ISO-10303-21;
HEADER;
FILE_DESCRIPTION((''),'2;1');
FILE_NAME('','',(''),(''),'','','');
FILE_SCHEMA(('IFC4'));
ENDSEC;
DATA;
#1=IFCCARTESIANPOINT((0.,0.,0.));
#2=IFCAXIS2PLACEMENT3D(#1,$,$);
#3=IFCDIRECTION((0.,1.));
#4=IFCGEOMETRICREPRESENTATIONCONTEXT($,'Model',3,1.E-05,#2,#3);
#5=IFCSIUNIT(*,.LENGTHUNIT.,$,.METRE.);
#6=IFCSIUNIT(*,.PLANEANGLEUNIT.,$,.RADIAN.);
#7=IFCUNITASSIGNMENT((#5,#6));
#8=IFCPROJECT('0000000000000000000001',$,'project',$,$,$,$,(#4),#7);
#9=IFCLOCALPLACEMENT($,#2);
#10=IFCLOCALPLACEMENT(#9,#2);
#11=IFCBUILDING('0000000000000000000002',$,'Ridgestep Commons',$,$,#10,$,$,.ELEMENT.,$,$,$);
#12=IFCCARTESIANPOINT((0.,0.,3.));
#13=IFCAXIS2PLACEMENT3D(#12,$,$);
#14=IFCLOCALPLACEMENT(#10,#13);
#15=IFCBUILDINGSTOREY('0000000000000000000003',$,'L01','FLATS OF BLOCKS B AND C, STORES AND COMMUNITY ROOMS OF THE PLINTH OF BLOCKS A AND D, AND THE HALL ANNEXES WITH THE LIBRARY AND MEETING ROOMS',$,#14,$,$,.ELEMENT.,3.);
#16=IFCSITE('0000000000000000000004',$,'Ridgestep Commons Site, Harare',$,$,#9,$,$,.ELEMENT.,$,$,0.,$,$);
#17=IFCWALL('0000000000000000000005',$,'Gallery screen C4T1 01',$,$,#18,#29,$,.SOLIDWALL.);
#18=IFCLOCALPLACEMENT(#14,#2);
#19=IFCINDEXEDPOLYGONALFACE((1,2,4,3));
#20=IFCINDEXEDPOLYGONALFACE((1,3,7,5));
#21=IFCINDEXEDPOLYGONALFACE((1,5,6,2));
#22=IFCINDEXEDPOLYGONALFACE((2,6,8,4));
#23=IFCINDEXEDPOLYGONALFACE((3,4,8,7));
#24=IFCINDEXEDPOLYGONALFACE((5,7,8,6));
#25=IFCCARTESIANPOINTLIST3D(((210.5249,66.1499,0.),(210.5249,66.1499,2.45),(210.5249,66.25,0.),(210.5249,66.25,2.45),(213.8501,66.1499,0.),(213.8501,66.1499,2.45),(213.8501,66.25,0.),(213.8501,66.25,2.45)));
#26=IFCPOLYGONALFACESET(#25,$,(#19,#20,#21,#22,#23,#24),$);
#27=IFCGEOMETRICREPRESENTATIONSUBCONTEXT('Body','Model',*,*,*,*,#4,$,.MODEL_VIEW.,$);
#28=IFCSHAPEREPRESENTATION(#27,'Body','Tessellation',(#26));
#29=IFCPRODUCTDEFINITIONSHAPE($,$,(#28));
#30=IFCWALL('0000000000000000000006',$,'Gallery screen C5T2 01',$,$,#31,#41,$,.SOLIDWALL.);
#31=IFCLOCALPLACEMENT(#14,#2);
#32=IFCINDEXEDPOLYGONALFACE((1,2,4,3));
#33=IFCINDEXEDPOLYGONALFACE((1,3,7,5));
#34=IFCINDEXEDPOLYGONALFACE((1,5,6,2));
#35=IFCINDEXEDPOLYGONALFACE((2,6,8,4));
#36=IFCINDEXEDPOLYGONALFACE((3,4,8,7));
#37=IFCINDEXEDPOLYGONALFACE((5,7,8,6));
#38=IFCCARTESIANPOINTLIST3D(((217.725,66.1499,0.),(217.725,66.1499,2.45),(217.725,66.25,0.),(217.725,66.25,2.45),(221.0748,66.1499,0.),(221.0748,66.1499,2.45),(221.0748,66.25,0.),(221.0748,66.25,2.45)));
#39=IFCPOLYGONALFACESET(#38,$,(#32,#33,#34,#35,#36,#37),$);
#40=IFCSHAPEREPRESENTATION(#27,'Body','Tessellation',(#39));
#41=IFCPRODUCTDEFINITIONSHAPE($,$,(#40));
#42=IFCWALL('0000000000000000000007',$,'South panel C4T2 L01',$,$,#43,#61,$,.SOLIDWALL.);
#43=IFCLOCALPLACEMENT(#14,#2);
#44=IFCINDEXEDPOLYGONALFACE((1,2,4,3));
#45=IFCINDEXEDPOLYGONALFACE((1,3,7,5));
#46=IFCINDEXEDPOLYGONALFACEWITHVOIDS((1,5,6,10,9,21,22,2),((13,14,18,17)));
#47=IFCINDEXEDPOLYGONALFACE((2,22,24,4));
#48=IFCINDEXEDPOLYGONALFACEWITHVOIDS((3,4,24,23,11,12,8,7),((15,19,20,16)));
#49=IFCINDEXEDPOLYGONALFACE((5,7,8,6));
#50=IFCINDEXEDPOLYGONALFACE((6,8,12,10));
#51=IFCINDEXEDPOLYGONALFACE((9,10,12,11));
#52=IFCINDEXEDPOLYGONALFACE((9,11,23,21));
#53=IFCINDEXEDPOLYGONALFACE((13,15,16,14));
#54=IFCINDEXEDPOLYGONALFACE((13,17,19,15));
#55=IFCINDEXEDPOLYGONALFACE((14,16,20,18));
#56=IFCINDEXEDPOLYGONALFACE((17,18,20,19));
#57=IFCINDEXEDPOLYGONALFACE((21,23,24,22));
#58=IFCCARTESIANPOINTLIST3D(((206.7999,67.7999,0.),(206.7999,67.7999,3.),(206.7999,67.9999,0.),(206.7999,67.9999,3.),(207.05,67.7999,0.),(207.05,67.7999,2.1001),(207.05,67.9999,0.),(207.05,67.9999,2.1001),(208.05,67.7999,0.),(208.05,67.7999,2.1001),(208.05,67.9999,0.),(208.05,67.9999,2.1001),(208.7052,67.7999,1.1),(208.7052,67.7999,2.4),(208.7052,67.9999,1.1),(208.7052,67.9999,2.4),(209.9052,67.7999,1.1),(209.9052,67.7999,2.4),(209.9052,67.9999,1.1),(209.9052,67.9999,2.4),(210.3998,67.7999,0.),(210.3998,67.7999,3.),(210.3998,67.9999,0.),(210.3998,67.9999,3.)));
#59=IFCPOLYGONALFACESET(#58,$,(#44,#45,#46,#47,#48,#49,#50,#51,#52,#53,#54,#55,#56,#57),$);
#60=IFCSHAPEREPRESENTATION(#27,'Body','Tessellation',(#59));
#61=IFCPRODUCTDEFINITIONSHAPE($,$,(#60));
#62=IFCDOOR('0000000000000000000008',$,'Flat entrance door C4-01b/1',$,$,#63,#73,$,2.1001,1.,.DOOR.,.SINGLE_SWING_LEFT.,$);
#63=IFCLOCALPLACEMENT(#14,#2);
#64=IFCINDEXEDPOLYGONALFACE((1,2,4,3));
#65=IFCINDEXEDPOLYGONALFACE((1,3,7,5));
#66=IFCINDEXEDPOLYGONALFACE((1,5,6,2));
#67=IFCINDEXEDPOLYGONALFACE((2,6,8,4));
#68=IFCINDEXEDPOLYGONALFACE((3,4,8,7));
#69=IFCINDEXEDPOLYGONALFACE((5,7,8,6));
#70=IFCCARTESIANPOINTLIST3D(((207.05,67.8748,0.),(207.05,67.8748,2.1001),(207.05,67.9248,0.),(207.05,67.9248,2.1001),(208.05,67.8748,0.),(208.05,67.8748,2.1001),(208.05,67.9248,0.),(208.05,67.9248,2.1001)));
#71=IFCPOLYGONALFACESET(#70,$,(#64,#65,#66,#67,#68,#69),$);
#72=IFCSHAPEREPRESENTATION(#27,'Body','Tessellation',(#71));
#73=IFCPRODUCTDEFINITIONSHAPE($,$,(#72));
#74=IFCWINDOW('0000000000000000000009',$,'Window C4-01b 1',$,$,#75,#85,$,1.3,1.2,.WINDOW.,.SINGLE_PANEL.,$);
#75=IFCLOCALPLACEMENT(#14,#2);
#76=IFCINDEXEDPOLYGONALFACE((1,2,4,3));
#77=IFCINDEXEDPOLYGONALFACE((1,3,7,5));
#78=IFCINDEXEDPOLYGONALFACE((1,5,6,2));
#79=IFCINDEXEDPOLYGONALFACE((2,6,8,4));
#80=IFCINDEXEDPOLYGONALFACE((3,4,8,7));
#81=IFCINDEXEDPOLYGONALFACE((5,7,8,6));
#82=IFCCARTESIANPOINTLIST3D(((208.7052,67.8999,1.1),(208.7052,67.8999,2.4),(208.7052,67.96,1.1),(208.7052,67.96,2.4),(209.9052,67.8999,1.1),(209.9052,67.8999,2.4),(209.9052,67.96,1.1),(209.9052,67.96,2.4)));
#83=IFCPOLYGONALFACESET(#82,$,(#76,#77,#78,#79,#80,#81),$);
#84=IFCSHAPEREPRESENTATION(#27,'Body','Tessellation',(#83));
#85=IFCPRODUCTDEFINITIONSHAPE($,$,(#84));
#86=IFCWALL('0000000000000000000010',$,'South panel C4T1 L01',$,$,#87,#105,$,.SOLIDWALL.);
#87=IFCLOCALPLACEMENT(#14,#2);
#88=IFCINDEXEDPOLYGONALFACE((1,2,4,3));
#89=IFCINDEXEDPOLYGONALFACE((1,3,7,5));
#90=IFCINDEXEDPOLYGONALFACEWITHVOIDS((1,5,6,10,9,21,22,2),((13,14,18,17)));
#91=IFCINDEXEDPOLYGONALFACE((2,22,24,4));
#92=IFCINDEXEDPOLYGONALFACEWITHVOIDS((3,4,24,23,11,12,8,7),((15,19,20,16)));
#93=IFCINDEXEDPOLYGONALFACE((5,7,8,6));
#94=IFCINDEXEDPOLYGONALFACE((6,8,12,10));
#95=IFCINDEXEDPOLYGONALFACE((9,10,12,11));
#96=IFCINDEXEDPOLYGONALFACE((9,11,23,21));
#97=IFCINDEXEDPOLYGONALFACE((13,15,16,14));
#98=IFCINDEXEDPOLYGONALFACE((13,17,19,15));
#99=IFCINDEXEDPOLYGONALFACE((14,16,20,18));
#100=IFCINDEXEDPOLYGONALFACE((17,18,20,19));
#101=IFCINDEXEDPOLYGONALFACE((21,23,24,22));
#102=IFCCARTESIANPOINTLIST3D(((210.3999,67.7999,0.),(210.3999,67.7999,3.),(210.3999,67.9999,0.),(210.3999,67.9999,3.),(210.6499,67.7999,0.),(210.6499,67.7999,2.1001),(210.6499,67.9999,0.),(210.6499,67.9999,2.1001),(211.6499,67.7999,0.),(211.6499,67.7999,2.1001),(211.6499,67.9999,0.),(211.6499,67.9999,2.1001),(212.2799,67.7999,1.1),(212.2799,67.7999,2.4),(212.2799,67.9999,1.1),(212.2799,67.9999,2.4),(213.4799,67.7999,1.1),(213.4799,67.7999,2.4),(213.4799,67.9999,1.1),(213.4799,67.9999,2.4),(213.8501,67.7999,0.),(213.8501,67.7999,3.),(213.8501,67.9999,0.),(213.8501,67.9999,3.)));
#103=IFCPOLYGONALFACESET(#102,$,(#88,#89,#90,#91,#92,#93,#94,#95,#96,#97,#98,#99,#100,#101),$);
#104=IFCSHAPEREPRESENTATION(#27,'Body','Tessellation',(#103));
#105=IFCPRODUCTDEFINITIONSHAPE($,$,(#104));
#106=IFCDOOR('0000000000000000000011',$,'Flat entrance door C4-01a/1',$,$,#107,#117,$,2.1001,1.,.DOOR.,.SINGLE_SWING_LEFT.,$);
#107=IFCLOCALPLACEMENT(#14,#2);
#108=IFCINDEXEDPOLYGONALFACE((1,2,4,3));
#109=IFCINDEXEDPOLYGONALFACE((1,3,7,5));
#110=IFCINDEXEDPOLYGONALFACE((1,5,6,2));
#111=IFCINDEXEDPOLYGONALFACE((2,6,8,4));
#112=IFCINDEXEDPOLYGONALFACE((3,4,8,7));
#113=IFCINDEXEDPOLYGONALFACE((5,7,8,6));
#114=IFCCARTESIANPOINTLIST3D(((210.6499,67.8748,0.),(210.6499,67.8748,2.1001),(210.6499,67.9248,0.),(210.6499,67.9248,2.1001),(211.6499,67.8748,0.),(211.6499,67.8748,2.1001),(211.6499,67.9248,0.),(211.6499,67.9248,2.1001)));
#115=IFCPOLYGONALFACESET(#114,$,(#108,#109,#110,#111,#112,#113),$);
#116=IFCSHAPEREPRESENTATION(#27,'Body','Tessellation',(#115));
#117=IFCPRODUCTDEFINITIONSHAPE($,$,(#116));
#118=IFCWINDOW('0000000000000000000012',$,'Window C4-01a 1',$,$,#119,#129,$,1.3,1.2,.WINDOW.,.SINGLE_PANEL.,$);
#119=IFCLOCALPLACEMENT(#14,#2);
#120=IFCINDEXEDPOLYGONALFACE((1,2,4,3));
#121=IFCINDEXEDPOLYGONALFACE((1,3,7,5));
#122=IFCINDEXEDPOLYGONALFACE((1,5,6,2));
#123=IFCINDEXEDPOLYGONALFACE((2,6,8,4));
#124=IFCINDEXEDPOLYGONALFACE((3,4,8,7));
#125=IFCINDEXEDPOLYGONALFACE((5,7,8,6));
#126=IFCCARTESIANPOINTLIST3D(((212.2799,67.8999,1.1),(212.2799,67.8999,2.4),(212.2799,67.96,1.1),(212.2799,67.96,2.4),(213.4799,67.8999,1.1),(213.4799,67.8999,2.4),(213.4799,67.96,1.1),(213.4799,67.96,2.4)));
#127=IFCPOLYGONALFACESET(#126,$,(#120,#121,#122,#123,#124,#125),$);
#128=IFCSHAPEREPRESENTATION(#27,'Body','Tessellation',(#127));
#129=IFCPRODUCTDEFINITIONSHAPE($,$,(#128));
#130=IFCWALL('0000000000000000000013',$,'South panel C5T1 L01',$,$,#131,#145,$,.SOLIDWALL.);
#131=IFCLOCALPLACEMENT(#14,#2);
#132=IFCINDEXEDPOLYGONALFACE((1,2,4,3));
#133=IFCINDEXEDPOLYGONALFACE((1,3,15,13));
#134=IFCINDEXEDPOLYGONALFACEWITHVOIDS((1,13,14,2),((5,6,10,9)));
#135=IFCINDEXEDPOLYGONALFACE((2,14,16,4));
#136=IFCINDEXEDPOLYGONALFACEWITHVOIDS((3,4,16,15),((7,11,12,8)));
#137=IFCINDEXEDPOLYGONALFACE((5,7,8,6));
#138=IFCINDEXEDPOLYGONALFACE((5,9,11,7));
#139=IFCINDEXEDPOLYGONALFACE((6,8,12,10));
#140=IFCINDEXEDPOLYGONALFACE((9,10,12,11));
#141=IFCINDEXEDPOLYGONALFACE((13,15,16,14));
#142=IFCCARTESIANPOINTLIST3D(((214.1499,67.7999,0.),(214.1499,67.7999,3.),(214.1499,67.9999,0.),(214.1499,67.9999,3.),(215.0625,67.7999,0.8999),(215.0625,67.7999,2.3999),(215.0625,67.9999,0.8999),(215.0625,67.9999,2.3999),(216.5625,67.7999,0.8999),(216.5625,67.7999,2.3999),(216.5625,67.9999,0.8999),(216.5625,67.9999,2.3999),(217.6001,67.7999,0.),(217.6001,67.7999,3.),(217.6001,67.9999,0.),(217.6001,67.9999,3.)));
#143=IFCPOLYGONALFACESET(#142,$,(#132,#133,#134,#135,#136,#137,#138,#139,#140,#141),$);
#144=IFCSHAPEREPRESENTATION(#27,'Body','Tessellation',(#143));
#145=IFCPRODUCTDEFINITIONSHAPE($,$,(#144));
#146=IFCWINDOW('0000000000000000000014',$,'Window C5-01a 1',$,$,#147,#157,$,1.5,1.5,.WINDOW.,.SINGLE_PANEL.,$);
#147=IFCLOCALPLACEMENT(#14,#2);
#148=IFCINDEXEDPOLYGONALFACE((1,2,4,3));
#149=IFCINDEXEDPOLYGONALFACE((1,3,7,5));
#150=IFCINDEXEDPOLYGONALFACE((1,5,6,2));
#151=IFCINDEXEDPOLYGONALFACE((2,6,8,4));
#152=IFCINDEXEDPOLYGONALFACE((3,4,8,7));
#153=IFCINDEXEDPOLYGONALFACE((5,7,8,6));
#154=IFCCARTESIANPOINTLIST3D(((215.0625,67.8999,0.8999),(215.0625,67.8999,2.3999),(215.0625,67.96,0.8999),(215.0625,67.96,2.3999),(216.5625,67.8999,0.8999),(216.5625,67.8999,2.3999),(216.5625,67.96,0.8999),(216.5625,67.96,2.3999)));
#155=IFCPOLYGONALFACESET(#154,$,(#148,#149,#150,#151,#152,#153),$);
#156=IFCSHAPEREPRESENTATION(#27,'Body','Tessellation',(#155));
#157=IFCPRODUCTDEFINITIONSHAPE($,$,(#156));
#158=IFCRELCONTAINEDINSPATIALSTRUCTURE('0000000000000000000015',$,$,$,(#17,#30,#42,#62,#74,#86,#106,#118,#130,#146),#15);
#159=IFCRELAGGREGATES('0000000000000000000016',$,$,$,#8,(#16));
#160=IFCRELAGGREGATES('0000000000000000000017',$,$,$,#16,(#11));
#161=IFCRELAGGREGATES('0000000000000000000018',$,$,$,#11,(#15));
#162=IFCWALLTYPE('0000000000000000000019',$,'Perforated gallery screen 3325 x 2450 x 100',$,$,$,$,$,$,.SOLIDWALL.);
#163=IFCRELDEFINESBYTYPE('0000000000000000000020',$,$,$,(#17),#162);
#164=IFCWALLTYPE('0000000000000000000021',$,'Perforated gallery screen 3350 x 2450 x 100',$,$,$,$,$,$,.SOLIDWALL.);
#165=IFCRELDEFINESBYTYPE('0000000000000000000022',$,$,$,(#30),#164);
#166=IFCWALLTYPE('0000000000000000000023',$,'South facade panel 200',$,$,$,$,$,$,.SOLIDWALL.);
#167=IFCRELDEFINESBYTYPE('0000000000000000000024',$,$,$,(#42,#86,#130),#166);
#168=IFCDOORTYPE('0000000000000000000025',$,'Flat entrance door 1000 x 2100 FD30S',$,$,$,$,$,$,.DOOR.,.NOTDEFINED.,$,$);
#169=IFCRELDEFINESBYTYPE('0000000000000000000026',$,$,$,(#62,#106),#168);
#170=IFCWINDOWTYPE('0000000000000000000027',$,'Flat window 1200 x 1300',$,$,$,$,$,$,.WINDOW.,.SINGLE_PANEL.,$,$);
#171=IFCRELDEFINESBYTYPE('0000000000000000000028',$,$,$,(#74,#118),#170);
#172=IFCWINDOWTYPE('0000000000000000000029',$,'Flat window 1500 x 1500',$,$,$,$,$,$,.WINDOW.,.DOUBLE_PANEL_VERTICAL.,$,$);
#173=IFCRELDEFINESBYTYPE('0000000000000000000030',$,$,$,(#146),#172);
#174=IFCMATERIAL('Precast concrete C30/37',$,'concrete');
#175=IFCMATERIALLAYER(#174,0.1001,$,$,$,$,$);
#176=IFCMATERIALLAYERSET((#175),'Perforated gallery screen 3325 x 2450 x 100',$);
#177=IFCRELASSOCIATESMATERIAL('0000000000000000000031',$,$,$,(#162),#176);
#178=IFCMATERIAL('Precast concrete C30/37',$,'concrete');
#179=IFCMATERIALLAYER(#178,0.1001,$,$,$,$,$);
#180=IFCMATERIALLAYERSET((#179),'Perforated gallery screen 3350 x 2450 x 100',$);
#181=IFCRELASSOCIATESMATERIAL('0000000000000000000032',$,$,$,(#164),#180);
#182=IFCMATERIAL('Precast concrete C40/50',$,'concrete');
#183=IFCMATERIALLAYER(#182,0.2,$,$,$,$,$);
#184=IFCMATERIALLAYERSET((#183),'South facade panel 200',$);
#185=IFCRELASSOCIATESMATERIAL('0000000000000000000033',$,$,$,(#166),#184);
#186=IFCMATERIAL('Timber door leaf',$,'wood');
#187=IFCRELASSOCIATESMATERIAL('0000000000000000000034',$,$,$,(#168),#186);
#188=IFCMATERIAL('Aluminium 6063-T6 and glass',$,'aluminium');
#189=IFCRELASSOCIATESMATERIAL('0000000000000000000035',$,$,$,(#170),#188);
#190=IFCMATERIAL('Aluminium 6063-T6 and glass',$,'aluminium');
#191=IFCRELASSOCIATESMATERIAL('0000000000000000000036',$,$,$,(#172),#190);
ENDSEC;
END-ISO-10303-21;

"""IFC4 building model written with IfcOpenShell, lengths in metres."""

from ifc_helpers import new_model, si_unit, direction, frame, frame_2d, origin, place, context, subcontext, project, spatial, rectangle, extrude, material, layer, layer_set, type_object, element, fill, save


model = new_model("IFC4")

# Units and contexts
model_context = context("Model", 3, precision=1e-05, world=origin(), true_north=direction((0.0, 1.0)))
body_context = subcontext(model_context, "Body", "Model", "MODEL_VIEW")
ifc_project = project(units=[si_unit("LENGTHUNIT", "METRE"), si_unit("PLANEANGLEUNIT", "RADIAN")], contexts=[model_context])

# Site, building, storey
site_placement = place(None, origin())
site = spatial("IfcSite", under=ifc_project, at=site_placement, Name="Ridgestep Commons Site, Harare", CompositionType="ELEMENT", RefElevation=0.0)
building_placement = place(site_placement, origin())
building = spatial("IfcBuilding", under=site, at=building_placement, Name="Ridgestep Commons", CompositionType="ELEMENT")
storey_placement = place(building_placement, frame((0.0, 0.0, 3.0)))
storey = spatial("IfcBuildingStorey", under=building, at=storey_placement, Name="L01", Description="FLATS OF BLOCKS B AND C, STORES AND COMMUNITY ROOMS OF THE PLINTH OF BLOCKS A AND D, AND THE HALL ANNEXES WITH THE LIBRARY AND MEETING ROOMS", CompositionType="ELEMENT", Elevation=3.0)

# Walls
ifc_material_1 = material(Name="Precast concrete C30/37", Category="concrete")
ifc_layer_1 = layer(ifc_material_1, 0.1001)
ifc_layer_set_1 = layer_set([ifc_layer_1], Name="Perforated gallery screen 3325 x 2450 x 100")
wall_type_1 = type_object("IfcWallType", Name="Perforated gallery screen 3325 x 2450 x 100", PredefinedType="SOLIDWALL", material=ifc_layer_set_1)
wall_1_placement = place(storey_placement, frame((210.5249, 66.2, 0.0), z_axis=(0.0, 0.0, 1.0), x_axis=(1.0, 0.0, 0.0)))
element("IfcWall", 1, at=wall_1_placement, inside=storey, type_object=wall_type_1, Name="Gallery screen C4T1 01", PredefinedType="SOLIDWALL", context=body_context, shape_type="SweptSolid", body=[
    extrude(rectangle(XDim=3.3252, YDim=0.1001, at=frame_2d((1.6626, 0.0))), origin(), (0.0, 0.0, 1.0), 2.45),
])
ifc_material_2 = material(Name="Precast concrete C30/37", Category="concrete")
ifc_layer_2 = layer(ifc_material_2, 0.1001)
ifc_layer_set_2 = layer_set([ifc_layer_2], Name="Perforated gallery screen 3350 x 2450 x 100")
wall_type_2 = type_object("IfcWallType", Name="Perforated gallery screen 3350 x 2450 x 100", PredefinedType="SOLIDWALL", material=ifc_layer_set_2)
wall_2_placement = place(storey_placement, frame((217.7251, 66.2, 0.0), z_axis=(0.0, 0.0, 1.0), x_axis=(1.0, 0.0, 0.0)))
element("IfcWall", 2, at=wall_2_placement, inside=storey, type_object=wall_type_2, Name="Gallery screen C5T2 01", PredefinedType="SOLIDWALL", context=body_context, shape_type="SweptSolid", body=[
    extrude(rectangle(XDim=3.3499, YDim=0.1001, at=frame_2d((1.6748, 0.0))), origin(), (0.0, 0.0, 1.0), 2.45),
])

# Walls, openings, doors, windows
ifc_material_3 = material(Name="Precast concrete C40/50", Category="concrete")
ifc_layer_3 = layer(ifc_material_3, 0.2)
ifc_layer_set_3 = layer_set([ifc_layer_3], Name="South facade panel 200")
wall_type_3 = type_object("IfcWallType", Name="South facade panel 200", PredefinedType="SOLIDWALL", material=ifc_layer_set_3)
wall_3_placement = place(storey_placement, frame((206.8, 67.8999, 0.0), z_axis=(0.0, 0.0, 1.0), x_axis=(1.0, 0.0, 0.0)))
wall_3 = element("IfcWall", 3, at=wall_3_placement, inside=storey, type_object=wall_type_3, Name="South panel C4T2 L01", PredefinedType="SOLIDWALL", context=body_context, shape_type="SweptSolid", body=[
    extrude(rectangle(XDim=3.5999, YDim=0.2, at=frame_2d((1.7998, 0.0))), origin(), (0.0, 0.0, 1.0), 3.0),
])
opening_1_placement = place(wall_3_placement, frame((1.905, 0.0, 1.1001)))
opening_1 = element("IfcOpeningElement", 4, at=opening_1_placement, cuts=wall_3, PredefinedType="OPENING", context=body_context, shape_type="SweptSolid", body=[
    extrude(rectangle(XDim=1.2, YDim=1.3, at=frame_2d((0.6001, 0.6499))), frame((0.0, 0.1099, 0.0), z_axis=(0.0, -1.0, 0.0), x_axis=(1.0, 0.0, 0.0)), (0.0, 0.0, 1.0), 0.22),
])
opening_2_placement = place(wall_3_placement, frame((0.25, 0.0, 0.0)))
opening_2 = element("IfcOpeningElement", 5, at=opening_2_placement, cuts=wall_3, PredefinedType="OPENING", context=body_context, shape_type="SweptSolid", body=[
    extrude(rectangle(XDim=1.0, YDim=2.1001, at=frame_2d((0.5, 1.05))), frame((0.0, 0.1099, 0.0), z_axis=(0.0, -1.0, 0.0), x_axis=(1.0, 0.0, 0.0)), (0.0, 0.0, 1.0), 0.22),
])
ifc_material_4 = material(Name="Timber door leaf", Category="wood")
door_type_1 = type_object("IfcDoorType", Name="Flat entrance door 1000 x 2100 FD30S", OperationType="NOTDEFINED", PredefinedType="DOOR", material=ifc_material_4)
door_1_placement = place(opening_2_placement, origin())
door_1 = element("IfcDoor", 6, at=door_1_placement, inside=storey, type_object=door_type_1, Name="Flat entrance door C4-01b/1", OperationType="SINGLE_SWING_LEFT", OverallHeight=2.1001, OverallWidth=1.0, PredefinedType="DOOR", context=body_context, shape_type="SweptSolid", body=[
    extrude(rectangle(XDim=1.0, YDim=2.1001, at=frame_2d((0.5, 1.05))), frame((0.0, 0.0249, 0.0), z_axis=(0.0, -1.0, 0.0), x_axis=(1.0, 0.0, 0.0)), (0.0, 0.0, 1.0), 0.05),
])
fill(opening_2, door_1)
ifc_material_5 = material(Name="Aluminium 6063-T6 and glass", Category="aluminium")
window_type_1 = type_object("IfcWindowType", Name="Flat window 1200 x 1300", PartitioningType="SINGLE_PANEL", PredefinedType="WINDOW", material=ifc_material_5)
window_1_placement = place(opening_1_placement, origin())
window_1 = element("IfcWindow", 7, at=window_1_placement, inside=storey, type_object=window_type_1, Name="Window C4-01b 1", OverallHeight=1.3, OverallWidth=1.2, PartitioningType="SINGLE_PANEL", PredefinedType="WINDOW", context=body_context, shape_type="SweptSolid", body=[
    extrude(rectangle(XDim=1.2, YDim=1.3, at=frame_2d((0.6001, 0.6499))), frame((0.0, 0.0601, 0.0), z_axis=(0.0, -1.0, 0.0), x_axis=(1.0, 0.0, 0.0)), (0.0, 0.0, 1.0), 0.0601),
])
fill(opening_1, window_1)
wall_4_placement = place(storey_placement, frame((210.3999, 67.8999, 0.0), z_axis=(0.0, 0.0, 1.0), x_axis=(1.0, 0.0, 0.0)))
wall_4 = element("IfcWall", 8, at=wall_4_placement, inside=storey, type_object=wall_type_3, Name="South panel C4T1 L01", PredefinedType="SOLIDWALL", context=body_context, shape_type="SweptSolid", body=[
    extrude(rectangle(XDim=3.4502, YDim=0.2, at=frame_2d((1.7251, 0.0))), origin(), (0.0, 0.0, 1.0), 3.0),
])
opening_3_placement = place(wall_4_placement, frame((1.8799, 0.0, 1.1001)))
opening_3 = element("IfcOpeningElement", 9, at=opening_3_placement, cuts=wall_4, PredefinedType="OPENING", context=body_context, shape_type="SweptSolid", body=[
    extrude(rectangle(XDim=1.2, YDim=1.3, at=frame_2d((0.6001, 0.6499))), frame((0.0, 0.1099, 0.0), z_axis=(0.0, -1.0, 0.0), x_axis=(1.0, 0.0, 0.0)), (0.0, 0.0, 1.0), 0.22),
])
opening_4_placement = place(wall_4_placement, frame((0.25, 0.0, 0.0)))
opening_4 = element("IfcOpeningElement", 10, at=opening_4_placement, cuts=wall_4, PredefinedType="OPENING", context=body_context, shape_type="SweptSolid", body=[
    extrude(rectangle(XDim=1.0, YDim=2.1001, at=frame_2d((0.5, 1.05))), frame((0.0, 0.1099, 0.0), z_axis=(0.0, -1.0, 0.0), x_axis=(1.0, 0.0, 0.0)), (0.0, 0.0, 1.0), 0.22),
])
door_2_placement = place(opening_4_placement, origin())
door_2 = element("IfcDoor", 11, at=door_2_placement, inside=storey, type_object=door_type_1, Name="Flat entrance door C4-01a/1", OperationType="SINGLE_SWING_LEFT", OverallHeight=2.1001, OverallWidth=1.0, PredefinedType="DOOR", context=body_context, shape_type="SweptSolid", body=[
    extrude(rectangle(XDim=1.0, YDim=2.1001, at=frame_2d((0.5, 1.05))), frame((0.0, 0.0249, 0.0), z_axis=(0.0, -1.0, 0.0), x_axis=(1.0, 0.0, 0.0)), (0.0, 0.0, 1.0), 0.05),
])
fill(opening_4, door_2)
window_2_placement = place(opening_3_placement, origin())
window_2 = element("IfcWindow", 12, at=window_2_placement, inside=storey, type_object=window_type_1, Name="Window C4-01a 1", OverallHeight=1.3, OverallWidth=1.2, PartitioningType="SINGLE_PANEL", PredefinedType="WINDOW", context=body_context, shape_type="SweptSolid", body=[
    extrude(rectangle(XDim=1.2, YDim=1.3, at=frame_2d((0.6001, 0.6499))), frame((0.0, 0.0601, 0.0), z_axis=(0.0, -1.0, 0.0), x_axis=(1.0, 0.0, 0.0)), (0.0, 0.0, 1.0), 0.0601),
])
fill(opening_3, window_2)

# Wall, opening, window
wall_5_placement = place(storey_placement, frame((214.1499, 67.8999, 0.0), z_axis=(0.0, 0.0, 1.0), x_axis=(1.0, 0.0, 0.0)))
wall_5 = element("IfcWall", 13, at=wall_5_placement, inside=storey, type_object=wall_type_3, Name="South panel C5T1 L01", PredefinedType="SOLIDWALL", context=body_context, shape_type="SweptSolid", body=[
    extrude(rectangle(XDim=3.4502, YDim=0.2, at=frame_2d((1.7251, 0.0))), origin(), (0.0, 0.0, 1.0), 3.0),
])
opening_5_placement = place(wall_5_placement, frame((0.9126, 0.0, 0.8999)))
opening_5 = element("IfcOpeningElement", 14, at=opening_5_placement, cuts=wall_5, PredefinedType="OPENING", context=body_context, shape_type="SweptSolid", body=[
    extrude(rectangle(XDim=1.5, YDim=1.5, at=frame_2d((0.75, 0.75))), frame((0.0, 0.1099, 0.0), z_axis=(0.0, -1.0, 0.0), x_axis=(1.0, 0.0, 0.0)), (0.0, 0.0, 1.0), 0.22),
])
ifc_material_6 = material(Name="Aluminium 6063-T6 and glass", Category="aluminium")
window_type_2 = type_object("IfcWindowType", Name="Flat window 1500 x 1500", PartitioningType="DOUBLE_PANEL_VERTICAL", PredefinedType="WINDOW", material=ifc_material_6)
window_3_placement = place(opening_5_placement, origin())
window_3 = element("IfcWindow", 15, at=window_3_placement, inside=storey, type_object=window_type_2, Name="Window C5-01a 1", OverallHeight=1.5, OverallWidth=1.5, PartitioningType="SINGLE_PANEL", PredefinedType="WINDOW", context=body_context, shape_type="SweptSolid", body=[
    extrude(rectangle(XDim=1.5, YDim=1.5, at=frame_2d((0.75, 0.75))), frame((0.0, 0.0601, 0.0), z_axis=(0.0, -1.0, 0.0), x_axis=(1.0, 0.0, 0.0)), (0.0, 0.0, 1.0), 0.0601),
])
fill(opening_5, window_3)

save(model, "model.ifc")
